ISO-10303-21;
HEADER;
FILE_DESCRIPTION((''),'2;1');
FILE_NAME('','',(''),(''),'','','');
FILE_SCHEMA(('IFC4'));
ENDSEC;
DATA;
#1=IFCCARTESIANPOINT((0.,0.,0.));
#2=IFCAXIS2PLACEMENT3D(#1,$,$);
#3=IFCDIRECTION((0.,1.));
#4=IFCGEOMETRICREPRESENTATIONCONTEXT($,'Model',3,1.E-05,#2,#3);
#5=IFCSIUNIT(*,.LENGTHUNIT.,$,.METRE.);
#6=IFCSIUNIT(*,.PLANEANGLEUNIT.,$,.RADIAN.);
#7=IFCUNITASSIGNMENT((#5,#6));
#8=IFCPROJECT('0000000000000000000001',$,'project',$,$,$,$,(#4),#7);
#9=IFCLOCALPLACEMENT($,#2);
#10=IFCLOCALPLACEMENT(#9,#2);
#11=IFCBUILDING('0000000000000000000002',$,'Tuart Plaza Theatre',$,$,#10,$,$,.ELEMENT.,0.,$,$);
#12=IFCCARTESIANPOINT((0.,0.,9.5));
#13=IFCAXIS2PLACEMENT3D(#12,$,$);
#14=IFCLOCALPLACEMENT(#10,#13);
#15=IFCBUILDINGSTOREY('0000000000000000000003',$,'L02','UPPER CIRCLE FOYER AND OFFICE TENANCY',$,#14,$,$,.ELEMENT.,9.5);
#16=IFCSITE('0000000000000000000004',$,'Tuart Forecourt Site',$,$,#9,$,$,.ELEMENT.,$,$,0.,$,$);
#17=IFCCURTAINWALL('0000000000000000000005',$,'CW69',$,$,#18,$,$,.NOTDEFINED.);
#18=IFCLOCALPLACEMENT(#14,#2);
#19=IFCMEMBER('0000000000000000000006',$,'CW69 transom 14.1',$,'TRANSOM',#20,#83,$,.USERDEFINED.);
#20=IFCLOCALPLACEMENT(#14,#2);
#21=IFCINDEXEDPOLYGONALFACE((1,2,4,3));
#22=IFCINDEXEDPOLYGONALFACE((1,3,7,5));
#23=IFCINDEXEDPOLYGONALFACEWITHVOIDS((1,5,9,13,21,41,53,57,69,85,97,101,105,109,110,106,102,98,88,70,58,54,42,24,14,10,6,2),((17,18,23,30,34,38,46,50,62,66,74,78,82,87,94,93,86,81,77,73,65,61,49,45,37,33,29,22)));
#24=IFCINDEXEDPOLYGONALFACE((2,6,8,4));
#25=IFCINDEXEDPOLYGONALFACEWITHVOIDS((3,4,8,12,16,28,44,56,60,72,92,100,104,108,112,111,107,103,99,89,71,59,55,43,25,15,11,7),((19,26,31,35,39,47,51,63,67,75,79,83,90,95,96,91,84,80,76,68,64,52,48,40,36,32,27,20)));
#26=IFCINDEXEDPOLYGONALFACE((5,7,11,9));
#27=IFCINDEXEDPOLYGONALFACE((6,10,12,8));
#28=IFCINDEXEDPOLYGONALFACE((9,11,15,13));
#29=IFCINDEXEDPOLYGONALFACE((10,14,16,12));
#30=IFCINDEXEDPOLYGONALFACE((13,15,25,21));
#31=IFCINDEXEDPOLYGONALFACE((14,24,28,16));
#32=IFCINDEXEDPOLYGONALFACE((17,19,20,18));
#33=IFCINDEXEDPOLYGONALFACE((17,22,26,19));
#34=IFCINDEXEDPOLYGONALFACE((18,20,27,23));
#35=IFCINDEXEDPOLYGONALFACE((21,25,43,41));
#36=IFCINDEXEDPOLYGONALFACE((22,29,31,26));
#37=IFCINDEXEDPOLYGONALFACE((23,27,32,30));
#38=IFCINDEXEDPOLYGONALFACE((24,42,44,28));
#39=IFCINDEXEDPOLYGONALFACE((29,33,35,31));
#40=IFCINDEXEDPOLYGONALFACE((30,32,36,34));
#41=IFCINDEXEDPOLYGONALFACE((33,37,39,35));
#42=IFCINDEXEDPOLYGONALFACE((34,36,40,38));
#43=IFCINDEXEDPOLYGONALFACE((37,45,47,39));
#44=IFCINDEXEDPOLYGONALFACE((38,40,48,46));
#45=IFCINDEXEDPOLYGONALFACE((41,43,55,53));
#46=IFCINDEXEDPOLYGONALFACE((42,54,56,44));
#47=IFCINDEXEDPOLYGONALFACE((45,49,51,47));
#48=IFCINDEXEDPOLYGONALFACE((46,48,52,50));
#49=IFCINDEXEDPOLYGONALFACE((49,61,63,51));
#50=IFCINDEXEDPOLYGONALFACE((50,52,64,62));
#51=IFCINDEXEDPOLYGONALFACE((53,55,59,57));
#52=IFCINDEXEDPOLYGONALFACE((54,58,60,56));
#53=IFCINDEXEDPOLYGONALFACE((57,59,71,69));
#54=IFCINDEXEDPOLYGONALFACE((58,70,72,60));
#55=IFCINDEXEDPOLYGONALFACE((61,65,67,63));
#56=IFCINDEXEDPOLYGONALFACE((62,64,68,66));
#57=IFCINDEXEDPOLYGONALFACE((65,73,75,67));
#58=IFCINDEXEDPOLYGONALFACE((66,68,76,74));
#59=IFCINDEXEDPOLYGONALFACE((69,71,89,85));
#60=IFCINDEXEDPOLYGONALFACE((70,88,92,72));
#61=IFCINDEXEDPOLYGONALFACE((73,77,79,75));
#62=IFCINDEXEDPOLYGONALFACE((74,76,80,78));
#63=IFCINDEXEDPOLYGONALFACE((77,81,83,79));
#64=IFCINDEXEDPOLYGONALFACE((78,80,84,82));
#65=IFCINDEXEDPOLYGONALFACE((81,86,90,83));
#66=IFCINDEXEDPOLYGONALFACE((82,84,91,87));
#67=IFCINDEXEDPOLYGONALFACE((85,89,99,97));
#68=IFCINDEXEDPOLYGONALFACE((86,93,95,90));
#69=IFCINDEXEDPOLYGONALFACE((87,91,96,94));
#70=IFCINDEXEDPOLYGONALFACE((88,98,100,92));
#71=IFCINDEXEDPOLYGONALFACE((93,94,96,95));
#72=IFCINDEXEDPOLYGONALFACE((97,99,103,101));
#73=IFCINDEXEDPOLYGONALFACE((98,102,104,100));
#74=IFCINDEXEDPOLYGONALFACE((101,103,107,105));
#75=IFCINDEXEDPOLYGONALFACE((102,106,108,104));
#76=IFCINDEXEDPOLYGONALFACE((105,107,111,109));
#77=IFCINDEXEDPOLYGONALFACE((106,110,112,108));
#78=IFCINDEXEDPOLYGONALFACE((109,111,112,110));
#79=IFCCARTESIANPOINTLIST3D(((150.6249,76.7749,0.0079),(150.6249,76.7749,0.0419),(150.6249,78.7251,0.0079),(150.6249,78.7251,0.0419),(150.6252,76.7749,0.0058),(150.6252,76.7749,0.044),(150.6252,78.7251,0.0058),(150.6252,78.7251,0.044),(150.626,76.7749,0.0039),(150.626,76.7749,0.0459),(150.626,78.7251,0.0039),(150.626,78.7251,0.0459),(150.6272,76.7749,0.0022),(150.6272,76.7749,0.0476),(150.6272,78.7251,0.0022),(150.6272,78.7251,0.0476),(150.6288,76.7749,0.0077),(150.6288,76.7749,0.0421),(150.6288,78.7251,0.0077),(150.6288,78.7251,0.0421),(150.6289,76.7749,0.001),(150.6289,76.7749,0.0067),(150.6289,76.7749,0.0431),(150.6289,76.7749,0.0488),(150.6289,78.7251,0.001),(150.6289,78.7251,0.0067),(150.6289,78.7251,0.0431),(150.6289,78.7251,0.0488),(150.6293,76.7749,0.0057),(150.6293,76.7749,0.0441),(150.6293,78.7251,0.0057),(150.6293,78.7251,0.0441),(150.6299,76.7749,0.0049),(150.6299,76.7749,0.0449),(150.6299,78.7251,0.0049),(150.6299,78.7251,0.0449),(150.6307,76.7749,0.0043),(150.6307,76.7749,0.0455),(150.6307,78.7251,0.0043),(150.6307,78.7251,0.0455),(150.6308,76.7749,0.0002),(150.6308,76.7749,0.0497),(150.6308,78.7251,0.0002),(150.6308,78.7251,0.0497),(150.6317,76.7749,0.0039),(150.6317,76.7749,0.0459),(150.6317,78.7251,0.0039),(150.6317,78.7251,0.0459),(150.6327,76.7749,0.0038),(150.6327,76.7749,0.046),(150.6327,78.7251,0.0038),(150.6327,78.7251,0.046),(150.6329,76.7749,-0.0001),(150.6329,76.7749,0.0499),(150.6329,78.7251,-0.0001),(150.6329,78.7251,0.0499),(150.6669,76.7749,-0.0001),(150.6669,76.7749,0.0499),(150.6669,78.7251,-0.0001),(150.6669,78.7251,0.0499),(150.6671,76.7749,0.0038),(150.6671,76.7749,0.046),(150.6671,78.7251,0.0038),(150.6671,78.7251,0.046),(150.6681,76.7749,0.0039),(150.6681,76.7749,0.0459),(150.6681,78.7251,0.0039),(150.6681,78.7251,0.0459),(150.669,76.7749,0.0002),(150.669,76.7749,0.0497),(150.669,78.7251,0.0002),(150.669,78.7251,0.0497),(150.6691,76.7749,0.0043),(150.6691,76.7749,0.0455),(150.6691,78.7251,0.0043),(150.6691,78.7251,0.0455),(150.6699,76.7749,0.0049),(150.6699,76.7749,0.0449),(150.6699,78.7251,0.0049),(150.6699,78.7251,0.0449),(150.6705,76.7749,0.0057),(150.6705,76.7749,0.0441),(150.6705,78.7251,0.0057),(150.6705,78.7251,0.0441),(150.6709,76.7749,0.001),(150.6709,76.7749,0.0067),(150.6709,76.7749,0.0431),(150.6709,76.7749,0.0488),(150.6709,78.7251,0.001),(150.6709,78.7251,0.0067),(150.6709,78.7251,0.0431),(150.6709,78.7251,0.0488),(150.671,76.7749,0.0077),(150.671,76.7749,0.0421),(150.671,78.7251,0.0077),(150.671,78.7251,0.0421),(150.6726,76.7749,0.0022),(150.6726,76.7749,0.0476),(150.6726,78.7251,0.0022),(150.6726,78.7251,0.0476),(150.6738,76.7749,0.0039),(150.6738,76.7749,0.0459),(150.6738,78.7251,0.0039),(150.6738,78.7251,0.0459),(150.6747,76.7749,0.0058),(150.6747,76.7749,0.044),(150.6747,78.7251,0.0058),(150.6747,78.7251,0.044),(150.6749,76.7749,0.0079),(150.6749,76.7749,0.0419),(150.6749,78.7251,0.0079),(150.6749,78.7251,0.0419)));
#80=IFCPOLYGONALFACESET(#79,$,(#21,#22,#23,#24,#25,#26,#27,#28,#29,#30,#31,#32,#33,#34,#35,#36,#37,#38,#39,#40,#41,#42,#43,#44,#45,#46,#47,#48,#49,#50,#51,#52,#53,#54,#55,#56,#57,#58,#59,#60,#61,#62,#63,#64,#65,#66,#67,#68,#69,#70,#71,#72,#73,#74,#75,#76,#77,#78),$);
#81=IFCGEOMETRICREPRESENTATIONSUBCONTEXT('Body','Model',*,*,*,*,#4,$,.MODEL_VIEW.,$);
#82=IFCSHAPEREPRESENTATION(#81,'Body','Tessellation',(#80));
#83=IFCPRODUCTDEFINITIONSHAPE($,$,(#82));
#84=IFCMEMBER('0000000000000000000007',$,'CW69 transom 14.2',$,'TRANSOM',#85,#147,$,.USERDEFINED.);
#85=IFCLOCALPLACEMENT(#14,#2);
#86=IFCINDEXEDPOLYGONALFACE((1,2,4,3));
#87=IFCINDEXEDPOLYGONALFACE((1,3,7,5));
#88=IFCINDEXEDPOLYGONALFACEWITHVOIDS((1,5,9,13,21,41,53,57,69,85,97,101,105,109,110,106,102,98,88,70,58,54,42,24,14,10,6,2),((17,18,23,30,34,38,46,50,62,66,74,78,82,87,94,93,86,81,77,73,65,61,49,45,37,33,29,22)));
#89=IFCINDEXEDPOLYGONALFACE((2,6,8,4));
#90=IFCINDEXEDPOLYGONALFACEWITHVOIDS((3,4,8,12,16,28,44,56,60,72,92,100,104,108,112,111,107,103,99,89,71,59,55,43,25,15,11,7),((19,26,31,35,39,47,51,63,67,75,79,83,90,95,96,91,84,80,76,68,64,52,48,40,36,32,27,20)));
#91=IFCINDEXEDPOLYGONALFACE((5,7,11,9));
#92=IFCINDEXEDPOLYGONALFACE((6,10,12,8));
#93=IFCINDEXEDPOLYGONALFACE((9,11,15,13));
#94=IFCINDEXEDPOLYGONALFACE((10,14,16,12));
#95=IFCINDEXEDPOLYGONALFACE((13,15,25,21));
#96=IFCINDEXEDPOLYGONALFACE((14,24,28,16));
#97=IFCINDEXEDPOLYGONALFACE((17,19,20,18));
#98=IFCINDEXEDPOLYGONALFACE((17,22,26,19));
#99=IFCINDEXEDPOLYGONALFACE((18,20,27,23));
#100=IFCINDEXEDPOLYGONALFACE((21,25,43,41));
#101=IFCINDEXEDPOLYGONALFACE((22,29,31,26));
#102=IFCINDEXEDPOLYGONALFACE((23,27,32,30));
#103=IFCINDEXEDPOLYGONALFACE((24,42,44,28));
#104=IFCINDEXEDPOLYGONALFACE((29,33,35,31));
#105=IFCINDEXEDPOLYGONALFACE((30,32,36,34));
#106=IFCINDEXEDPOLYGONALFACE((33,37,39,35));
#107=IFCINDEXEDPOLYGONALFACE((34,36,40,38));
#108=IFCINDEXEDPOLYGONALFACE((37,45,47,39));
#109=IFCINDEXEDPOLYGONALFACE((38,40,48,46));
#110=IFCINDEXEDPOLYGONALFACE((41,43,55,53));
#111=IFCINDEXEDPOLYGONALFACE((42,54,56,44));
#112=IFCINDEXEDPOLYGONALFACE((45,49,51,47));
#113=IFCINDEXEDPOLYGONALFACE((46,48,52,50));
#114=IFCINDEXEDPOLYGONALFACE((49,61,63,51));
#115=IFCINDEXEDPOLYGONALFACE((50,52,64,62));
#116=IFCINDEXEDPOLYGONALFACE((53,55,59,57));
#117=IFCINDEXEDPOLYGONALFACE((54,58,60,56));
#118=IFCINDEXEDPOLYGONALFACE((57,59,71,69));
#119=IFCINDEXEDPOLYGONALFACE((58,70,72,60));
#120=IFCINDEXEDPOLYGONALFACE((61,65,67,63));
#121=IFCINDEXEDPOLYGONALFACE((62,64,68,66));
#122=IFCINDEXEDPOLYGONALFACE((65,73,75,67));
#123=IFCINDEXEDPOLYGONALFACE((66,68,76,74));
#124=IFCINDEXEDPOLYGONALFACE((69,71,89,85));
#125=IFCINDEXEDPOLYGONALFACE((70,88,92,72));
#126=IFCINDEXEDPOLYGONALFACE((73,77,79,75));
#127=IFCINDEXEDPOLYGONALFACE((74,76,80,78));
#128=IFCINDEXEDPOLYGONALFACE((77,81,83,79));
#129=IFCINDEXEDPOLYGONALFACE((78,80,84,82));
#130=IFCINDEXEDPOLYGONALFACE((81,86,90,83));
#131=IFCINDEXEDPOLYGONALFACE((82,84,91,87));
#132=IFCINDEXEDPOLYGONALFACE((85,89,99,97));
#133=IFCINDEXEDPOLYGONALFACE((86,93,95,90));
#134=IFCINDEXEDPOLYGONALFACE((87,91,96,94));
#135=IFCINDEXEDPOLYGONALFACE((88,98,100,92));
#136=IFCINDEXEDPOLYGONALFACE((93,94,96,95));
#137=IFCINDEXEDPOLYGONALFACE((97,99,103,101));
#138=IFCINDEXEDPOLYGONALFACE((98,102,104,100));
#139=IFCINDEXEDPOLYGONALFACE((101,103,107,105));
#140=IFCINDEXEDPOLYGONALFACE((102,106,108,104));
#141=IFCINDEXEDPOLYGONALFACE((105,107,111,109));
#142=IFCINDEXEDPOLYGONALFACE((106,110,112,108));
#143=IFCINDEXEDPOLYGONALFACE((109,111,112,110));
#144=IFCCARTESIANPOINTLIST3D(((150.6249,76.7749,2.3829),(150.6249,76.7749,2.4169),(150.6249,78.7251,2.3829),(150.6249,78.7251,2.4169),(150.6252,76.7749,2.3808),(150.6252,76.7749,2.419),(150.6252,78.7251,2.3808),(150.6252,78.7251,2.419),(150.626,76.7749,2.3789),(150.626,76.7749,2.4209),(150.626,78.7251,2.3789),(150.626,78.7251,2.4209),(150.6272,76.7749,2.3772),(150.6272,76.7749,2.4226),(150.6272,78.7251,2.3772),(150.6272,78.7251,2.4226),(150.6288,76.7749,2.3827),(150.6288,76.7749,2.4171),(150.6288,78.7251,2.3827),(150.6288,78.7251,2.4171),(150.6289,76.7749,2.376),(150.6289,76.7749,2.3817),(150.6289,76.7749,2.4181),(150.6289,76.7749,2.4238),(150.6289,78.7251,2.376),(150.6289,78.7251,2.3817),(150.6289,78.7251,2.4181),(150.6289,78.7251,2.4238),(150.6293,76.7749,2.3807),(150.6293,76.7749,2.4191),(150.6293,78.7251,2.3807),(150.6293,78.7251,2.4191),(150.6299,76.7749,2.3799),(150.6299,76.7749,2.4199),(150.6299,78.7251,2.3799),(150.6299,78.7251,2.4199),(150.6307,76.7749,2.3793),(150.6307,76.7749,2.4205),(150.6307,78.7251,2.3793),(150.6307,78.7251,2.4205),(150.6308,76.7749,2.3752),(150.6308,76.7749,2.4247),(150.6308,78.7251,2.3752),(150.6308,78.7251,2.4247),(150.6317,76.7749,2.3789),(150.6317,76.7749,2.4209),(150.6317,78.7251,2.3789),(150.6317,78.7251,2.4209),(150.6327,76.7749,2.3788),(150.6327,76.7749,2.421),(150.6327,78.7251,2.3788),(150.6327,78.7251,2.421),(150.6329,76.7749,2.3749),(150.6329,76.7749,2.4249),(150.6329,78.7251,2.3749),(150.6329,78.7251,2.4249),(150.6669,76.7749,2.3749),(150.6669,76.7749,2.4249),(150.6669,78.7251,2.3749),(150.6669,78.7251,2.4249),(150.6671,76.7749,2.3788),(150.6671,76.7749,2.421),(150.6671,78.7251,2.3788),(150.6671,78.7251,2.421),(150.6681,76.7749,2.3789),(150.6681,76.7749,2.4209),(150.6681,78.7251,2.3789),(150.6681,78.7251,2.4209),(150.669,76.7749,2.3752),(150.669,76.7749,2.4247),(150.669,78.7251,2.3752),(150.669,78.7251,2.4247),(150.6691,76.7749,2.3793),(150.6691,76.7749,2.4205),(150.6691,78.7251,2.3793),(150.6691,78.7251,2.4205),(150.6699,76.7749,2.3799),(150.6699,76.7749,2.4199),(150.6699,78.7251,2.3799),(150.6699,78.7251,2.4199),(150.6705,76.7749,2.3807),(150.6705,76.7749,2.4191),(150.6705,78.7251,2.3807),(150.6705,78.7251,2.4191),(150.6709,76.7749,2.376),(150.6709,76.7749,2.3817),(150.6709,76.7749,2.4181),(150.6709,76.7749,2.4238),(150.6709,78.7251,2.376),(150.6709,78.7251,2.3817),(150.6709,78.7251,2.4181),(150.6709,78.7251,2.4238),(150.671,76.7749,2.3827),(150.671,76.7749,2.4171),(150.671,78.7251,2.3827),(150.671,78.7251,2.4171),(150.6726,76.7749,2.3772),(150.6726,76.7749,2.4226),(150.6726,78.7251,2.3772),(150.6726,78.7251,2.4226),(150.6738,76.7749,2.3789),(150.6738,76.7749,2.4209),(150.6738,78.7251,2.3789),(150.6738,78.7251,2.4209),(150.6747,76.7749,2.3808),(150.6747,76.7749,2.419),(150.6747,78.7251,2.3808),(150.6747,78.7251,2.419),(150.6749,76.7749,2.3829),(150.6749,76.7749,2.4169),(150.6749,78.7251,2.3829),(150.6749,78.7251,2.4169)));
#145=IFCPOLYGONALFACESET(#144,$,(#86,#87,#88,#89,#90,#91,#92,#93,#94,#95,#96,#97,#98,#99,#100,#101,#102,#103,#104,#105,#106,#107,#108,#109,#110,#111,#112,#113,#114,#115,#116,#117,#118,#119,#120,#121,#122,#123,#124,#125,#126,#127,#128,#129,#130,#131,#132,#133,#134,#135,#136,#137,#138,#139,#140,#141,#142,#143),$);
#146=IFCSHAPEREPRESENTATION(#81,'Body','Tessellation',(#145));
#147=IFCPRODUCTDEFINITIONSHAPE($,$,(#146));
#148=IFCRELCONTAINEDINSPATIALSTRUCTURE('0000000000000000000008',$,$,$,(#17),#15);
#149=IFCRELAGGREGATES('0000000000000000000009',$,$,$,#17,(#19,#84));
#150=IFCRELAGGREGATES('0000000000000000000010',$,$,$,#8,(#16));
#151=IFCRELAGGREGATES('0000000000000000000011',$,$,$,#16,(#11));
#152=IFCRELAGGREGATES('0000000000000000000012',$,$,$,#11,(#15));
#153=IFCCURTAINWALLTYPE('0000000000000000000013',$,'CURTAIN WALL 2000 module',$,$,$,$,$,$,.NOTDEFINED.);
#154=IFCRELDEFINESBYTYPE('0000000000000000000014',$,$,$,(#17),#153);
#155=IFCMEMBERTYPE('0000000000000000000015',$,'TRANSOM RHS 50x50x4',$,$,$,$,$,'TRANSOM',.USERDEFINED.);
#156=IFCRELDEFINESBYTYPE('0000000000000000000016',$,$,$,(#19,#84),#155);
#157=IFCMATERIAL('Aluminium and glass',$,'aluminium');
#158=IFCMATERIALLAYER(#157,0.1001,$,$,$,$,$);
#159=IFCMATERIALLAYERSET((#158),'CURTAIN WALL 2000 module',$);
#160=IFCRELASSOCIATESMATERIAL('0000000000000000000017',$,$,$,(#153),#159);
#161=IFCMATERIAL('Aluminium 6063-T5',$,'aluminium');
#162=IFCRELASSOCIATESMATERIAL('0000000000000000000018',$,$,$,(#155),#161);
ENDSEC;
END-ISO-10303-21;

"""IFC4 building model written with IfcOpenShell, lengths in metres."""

from ifc_helpers import new_model, si_unit, direction, frame, origin, origin_2d, place, context, subcontext, project, spatial, hollow_rectangle, extrude, material, layer, layer_set, material_profile, profile_set, type_object, element, aggregate, save


model = new_model("IFC4")

# Units and contexts
model_context = context("Model", 3, precision=1e-05, world=origin(), true_north=direction((0.0, 1.0)))
body_context = subcontext(model_context, "Body", "Model", "MODEL_VIEW")
ifc_project = project(units=[si_unit("LENGTHUNIT", "METRE"), si_unit("PLANEANGLEUNIT", "RADIAN")], contexts=[model_context])

# Site, building, storey
site_placement = place(None, origin())
site = spatial("IfcSite", under=ifc_project, at=site_placement, Name="Tuart Forecourt Site", CompositionType="ELEMENT", RefElevation=0.0)
building_placement = place(site_placement, origin())
building = spatial("IfcBuilding", under=site, at=building_placement, Name="Tuart Plaza Theatre", CompositionType="ELEMENT", ElevationOfRefHeight=0.0)
storey_placement = place(building_placement, frame((0.0, 0.0, 9.5)))
storey = spatial("IfcBuildingStorey", under=building, at=storey_placement, Name="L02", Description="UPPER CIRCLE FOYER AND OFFICE TENANCY", CompositionType="ELEMENT", Elevation=9.5)

# Curtain wall, members
ifc_material_1 = material(Name="Aluminium and glass", Category="aluminium")
ifc_layer_1 = layer(ifc_material_1, 0.1001)
ifc_layer_set_1 = layer_set([ifc_layer_1], Name="CURTAIN WALL 2000 module")
curtain_wall_type = type_object("IfcCurtainWallType", Name="CURTAIN WALL 2000 module", PredefinedType="NOTDEFINED", material=ifc_layer_set_1)
curtain_wall_placement = place(storey_placement, origin())
curtain_wall = element("IfcCurtainWall", 1, at=curtain_wall_placement, inside=storey, type_object=curtain_wall_type, Name="CW69", PredefinedType="NOTDEFINED")
ifc_material_2 = material(Name="Aluminium 6063-T5", Category="aluminium")
ifc_material_profile_1 = material_profile(ifc_material_2, hollow_rectangle(XDim=0.05, YDim=0.05, WallThickness=0.0039, InnerFilletRadius=0.0039, OuterFilletRadius=0.0081, at=origin_2d()), Name="RHS 50x50x4")
ifc_profile_set_1 = profile_set([ifc_material_profile_1], Name="Aluminium 6063-T5")
member_type_1 = type_object("IfcMemberType", Name="TRANSOM RHS 50x50x4", ElementType="TRANSOM", PredefinedType="USERDEFINED", material=ifc_profile_set_1)
member_1_placement = place(storey_placement, frame((150.6499, 76.7749, 0.0249), z_axis=(0.0, 1.0, 0.0), x_axis=(-1.0, 0.0, 0.0)))
member_1 = element("IfcMember", 2, at=member_1_placement, type_object=member_type_1, Name="CW69 transom 14.1", ObjectType="TRANSOM", PredefinedType="USERDEFINED", context=body_context, shape_type="SweptSolid", body=[
    extrude(hollow_rectangle(XDim=0.05, YDim=0.05, WallThickness=0.0039, InnerFilletRadius=0.0039, OuterFilletRadius=0.0081, at=origin_2d()), origin(), (0.0, 0.0, 1.0), 1.9502),
])
member_2_placement = place(storey_placement, frame((150.6499, 76.7749, 2.3999), z_axis=(0.0, 1.0, 0.0), x_axis=(-1.0, 0.0, 0.0)))
member_2 = element("IfcMember", 3, at=member_2_placement, type_object=member_type_1, Name="CW69 transom 14.2", ObjectType="TRANSOM", PredefinedType="USERDEFINED", context=body_context, shape_type="SweptSolid", body=[
    extrude(hollow_rectangle(XDim=0.05, YDim=0.05, WallThickness=0.0039, InnerFilletRadius=0.0039, OuterFilletRadius=0.0081, at=origin_2d()), origin(), (0.0, 0.0, 1.0), 1.9502),
])
aggregate(curtain_wall, [member_1, member_2])

save(model, "model.ifc")
